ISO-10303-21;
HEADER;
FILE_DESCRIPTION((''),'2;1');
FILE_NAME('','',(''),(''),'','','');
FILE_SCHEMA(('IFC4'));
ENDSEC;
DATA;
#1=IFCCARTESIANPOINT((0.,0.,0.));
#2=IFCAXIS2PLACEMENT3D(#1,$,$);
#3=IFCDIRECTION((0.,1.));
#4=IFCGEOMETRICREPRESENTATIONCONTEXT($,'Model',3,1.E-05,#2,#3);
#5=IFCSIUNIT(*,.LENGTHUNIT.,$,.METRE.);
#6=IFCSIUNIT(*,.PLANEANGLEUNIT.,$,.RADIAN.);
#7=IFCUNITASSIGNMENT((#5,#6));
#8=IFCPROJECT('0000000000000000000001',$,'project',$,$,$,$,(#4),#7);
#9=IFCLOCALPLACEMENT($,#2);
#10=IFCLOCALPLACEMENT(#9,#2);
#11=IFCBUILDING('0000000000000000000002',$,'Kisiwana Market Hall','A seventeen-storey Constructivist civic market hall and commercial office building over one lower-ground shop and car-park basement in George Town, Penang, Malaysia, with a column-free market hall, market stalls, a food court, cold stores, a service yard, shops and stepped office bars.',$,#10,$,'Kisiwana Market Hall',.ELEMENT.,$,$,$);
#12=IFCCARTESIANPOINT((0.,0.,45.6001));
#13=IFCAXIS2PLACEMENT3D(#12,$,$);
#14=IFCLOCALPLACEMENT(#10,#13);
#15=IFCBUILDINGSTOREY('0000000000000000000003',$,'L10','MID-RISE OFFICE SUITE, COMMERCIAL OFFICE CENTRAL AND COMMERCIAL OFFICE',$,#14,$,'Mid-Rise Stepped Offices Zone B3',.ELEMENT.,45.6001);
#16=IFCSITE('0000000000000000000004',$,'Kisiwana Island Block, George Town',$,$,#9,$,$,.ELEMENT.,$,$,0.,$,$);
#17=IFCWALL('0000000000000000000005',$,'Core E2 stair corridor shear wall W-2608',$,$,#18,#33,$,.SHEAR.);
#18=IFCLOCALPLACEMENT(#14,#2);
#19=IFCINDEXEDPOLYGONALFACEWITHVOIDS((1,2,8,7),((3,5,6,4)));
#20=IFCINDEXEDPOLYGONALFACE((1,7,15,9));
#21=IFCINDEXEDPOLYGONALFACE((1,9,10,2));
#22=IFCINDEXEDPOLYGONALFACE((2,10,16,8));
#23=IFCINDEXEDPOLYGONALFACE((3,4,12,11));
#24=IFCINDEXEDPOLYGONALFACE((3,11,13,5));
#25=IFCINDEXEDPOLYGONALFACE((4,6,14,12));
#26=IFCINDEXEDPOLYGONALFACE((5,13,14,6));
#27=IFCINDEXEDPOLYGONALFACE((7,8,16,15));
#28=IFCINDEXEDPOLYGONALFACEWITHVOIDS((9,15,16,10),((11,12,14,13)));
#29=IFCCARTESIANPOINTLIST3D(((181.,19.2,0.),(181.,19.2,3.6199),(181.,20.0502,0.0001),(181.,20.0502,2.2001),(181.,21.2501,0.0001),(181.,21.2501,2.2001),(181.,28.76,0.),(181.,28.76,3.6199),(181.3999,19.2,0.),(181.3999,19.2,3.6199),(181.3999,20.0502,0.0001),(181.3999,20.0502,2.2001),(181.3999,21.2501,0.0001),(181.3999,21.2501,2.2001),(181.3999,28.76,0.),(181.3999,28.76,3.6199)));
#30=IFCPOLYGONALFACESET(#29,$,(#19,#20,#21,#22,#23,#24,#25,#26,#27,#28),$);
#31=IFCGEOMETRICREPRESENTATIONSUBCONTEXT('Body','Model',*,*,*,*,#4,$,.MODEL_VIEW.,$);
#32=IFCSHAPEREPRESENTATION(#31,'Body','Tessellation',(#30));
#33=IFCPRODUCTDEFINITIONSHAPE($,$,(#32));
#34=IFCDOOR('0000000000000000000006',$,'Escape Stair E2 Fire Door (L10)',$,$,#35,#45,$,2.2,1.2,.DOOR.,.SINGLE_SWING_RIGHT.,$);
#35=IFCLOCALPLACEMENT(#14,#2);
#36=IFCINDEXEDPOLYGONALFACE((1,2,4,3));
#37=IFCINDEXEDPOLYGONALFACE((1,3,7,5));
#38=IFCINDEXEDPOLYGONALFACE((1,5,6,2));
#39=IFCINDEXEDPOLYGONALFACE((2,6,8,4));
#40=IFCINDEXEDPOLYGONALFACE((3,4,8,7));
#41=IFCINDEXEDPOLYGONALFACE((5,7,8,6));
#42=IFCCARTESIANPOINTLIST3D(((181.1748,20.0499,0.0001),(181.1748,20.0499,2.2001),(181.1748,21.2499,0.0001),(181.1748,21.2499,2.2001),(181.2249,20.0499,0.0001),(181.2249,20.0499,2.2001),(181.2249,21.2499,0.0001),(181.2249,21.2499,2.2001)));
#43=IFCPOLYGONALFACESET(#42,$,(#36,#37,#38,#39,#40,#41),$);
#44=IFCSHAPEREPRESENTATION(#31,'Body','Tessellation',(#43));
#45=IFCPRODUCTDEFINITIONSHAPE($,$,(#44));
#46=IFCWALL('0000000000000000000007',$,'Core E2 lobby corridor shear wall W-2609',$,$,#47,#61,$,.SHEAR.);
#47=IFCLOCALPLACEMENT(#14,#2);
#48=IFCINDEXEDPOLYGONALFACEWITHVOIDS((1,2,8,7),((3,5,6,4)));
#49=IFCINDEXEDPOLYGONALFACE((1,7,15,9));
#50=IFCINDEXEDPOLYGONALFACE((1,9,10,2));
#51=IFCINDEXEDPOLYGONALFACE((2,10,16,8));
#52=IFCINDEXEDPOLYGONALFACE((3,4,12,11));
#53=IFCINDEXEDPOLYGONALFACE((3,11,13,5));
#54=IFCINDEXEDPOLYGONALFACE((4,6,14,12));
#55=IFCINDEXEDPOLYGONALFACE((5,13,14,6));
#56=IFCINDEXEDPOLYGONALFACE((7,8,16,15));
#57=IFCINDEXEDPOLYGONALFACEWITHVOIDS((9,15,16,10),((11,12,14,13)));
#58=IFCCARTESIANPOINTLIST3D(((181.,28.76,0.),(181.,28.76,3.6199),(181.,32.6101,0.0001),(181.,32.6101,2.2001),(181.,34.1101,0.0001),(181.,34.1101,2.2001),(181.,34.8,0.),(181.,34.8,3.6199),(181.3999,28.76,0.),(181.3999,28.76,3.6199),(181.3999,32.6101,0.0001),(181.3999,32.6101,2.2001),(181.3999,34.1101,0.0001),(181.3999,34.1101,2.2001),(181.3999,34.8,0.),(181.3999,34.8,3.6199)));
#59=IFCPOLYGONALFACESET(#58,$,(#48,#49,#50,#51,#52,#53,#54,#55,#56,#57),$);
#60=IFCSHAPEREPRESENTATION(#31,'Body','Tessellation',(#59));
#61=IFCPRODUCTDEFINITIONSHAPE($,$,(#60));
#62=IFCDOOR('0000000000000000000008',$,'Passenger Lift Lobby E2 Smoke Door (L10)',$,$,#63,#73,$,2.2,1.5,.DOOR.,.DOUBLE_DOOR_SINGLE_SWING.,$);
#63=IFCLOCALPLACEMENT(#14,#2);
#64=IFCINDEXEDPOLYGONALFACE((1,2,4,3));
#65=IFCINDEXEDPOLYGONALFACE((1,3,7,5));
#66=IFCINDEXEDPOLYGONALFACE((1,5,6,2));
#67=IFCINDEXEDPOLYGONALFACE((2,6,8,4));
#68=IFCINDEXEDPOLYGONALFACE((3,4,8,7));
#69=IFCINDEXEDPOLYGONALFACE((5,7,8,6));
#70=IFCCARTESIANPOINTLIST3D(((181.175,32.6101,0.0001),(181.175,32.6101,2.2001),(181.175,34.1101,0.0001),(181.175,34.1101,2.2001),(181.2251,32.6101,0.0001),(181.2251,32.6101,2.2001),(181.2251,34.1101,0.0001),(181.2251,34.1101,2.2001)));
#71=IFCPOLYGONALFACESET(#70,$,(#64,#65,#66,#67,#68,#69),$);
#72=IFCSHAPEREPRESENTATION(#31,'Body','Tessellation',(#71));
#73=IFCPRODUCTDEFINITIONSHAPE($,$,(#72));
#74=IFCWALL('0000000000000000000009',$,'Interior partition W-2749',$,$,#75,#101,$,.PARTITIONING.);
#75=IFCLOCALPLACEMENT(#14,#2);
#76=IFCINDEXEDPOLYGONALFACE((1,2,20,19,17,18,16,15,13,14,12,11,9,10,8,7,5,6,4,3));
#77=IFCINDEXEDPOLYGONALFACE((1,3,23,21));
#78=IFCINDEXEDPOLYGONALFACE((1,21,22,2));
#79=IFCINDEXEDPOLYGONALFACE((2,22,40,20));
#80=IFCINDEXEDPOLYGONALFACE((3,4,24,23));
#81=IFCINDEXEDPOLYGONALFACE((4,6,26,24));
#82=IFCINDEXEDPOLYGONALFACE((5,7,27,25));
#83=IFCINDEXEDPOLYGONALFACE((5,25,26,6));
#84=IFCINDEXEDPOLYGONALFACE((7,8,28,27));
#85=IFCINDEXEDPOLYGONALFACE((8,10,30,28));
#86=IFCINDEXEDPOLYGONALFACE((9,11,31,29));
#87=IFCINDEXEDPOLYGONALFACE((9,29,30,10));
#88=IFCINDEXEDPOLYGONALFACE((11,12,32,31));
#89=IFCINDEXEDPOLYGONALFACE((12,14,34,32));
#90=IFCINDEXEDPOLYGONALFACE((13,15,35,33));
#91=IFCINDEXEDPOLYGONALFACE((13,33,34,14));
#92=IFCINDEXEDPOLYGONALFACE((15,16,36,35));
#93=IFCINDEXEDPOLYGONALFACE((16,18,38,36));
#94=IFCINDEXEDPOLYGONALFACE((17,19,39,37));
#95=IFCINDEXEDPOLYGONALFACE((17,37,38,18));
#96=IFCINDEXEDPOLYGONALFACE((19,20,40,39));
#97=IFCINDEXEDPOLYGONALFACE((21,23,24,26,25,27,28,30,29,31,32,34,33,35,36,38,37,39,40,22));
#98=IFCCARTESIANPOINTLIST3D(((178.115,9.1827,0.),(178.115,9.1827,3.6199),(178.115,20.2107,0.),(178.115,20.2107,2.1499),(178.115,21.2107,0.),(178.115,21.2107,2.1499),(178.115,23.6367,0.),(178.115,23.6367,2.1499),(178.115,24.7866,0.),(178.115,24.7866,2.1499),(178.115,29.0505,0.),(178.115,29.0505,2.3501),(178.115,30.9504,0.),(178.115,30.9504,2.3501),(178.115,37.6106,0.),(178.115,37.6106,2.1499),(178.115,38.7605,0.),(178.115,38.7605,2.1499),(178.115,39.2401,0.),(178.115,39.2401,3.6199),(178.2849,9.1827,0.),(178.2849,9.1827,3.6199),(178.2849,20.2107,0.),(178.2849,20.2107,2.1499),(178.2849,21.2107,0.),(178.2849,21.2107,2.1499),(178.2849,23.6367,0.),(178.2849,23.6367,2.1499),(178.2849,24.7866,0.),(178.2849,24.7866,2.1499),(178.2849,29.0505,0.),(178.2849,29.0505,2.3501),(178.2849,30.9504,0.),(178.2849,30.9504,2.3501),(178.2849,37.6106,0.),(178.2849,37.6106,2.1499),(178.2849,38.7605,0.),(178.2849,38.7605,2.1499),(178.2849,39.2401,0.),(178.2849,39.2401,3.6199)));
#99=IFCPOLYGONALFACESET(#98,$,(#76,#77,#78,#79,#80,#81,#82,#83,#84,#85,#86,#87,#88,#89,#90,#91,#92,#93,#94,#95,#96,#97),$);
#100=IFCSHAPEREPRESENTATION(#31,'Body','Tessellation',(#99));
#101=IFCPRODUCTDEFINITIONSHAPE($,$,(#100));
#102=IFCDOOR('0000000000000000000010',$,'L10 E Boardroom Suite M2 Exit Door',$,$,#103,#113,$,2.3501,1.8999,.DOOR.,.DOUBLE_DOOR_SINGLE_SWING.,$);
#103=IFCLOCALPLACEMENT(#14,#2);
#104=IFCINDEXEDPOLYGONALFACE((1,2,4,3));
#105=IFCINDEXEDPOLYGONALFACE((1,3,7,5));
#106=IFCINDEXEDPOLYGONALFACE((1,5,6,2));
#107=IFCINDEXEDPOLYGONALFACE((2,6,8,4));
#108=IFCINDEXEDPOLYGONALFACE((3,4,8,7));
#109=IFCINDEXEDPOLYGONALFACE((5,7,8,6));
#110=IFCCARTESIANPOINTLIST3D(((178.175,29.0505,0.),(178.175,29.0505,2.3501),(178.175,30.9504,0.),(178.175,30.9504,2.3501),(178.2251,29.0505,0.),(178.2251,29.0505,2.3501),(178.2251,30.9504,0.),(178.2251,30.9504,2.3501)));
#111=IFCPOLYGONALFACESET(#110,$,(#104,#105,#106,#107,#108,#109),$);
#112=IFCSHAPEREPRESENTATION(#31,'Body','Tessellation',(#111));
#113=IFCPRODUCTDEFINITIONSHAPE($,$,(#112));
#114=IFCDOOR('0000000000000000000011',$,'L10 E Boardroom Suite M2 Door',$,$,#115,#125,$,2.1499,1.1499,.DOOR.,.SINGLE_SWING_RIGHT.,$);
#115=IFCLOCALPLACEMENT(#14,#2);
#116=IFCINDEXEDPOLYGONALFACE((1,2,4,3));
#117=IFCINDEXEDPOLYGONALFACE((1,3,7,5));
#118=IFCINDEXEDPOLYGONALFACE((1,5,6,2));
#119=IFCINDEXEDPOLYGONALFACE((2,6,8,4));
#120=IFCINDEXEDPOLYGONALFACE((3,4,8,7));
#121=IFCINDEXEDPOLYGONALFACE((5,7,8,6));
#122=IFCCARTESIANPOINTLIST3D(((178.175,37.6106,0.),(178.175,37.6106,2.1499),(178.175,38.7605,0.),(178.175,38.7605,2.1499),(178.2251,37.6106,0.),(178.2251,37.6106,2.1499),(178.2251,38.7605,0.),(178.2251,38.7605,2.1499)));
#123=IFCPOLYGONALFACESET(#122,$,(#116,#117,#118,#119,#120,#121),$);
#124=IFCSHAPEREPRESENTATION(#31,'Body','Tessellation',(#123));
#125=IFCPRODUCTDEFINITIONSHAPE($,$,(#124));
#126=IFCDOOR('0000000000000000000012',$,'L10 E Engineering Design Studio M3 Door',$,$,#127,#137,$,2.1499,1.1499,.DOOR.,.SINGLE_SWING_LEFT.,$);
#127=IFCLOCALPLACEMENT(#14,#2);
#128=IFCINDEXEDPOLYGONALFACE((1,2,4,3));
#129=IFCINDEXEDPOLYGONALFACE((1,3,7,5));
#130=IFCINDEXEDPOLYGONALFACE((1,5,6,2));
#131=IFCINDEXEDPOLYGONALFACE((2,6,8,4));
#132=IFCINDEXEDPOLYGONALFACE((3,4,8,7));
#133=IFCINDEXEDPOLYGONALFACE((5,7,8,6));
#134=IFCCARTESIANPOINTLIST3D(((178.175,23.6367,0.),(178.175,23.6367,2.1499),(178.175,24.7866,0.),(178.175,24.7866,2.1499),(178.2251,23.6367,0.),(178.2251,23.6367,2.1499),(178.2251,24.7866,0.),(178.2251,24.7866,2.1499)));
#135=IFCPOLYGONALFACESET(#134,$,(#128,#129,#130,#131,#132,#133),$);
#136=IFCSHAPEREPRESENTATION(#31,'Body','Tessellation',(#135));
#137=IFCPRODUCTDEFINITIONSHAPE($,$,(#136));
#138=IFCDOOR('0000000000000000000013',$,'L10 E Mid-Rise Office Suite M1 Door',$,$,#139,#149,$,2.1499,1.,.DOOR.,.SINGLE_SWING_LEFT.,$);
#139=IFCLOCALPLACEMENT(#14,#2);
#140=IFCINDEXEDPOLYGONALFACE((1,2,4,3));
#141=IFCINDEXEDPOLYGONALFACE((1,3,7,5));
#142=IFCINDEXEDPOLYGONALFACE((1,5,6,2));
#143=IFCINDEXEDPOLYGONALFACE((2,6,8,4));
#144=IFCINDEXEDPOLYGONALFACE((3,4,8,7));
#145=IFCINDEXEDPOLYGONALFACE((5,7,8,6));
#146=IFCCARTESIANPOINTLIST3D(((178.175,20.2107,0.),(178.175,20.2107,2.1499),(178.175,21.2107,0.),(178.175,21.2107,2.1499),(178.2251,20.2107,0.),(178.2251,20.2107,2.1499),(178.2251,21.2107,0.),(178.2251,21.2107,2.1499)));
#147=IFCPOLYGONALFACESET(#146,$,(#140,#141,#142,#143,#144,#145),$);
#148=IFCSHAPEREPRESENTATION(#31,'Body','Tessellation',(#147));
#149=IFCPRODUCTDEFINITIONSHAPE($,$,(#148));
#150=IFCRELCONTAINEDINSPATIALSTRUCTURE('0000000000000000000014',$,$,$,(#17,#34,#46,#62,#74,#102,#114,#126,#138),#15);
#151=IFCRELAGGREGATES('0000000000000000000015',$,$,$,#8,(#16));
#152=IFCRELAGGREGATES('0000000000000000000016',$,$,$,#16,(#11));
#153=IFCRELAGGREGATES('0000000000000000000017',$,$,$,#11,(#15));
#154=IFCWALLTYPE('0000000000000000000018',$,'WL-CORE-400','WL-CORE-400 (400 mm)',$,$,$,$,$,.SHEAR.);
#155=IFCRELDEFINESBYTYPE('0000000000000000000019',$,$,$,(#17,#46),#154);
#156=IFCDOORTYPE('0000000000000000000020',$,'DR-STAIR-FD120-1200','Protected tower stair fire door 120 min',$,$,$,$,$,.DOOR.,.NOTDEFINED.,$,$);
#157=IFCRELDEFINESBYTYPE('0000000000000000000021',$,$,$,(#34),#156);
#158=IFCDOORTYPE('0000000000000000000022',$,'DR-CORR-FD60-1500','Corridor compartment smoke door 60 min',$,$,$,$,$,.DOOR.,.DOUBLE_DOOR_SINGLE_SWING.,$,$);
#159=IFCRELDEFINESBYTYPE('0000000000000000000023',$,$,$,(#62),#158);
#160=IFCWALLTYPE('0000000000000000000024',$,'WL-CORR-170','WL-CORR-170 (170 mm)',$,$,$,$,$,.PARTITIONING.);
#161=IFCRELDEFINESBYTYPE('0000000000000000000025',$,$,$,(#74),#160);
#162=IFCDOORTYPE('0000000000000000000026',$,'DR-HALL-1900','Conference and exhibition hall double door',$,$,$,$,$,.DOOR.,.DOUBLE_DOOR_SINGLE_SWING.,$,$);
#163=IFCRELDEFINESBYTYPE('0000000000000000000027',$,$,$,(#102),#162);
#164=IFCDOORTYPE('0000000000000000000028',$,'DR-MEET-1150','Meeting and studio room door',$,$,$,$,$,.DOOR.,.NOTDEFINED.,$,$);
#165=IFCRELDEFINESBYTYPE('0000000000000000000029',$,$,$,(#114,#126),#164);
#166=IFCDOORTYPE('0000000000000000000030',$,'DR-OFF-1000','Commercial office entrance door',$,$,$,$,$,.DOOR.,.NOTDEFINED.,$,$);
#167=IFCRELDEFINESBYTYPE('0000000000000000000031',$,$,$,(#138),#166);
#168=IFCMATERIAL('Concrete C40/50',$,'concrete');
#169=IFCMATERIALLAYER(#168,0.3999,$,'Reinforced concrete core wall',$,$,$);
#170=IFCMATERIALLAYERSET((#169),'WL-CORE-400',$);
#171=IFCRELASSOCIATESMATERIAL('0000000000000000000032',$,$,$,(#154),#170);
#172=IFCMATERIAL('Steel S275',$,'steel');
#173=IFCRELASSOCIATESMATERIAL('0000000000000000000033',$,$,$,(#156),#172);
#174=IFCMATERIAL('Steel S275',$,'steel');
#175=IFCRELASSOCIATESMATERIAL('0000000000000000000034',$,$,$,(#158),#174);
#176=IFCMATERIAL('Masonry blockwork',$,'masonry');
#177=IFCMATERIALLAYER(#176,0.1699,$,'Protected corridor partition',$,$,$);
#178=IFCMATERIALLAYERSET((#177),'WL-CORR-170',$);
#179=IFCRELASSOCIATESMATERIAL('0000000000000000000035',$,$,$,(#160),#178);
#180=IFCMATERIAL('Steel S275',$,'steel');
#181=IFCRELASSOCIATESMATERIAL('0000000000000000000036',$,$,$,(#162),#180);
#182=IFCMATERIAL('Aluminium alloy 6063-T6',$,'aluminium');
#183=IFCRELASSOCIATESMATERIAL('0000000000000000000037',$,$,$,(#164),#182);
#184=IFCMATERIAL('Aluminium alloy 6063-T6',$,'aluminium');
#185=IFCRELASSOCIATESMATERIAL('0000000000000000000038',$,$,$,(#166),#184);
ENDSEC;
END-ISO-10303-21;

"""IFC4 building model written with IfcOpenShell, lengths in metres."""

from ifc_helpers import new_model, si_unit, direction, frame, frame_2d, origin, place, context, subcontext, project, spatial, rectangle, extrude, material, layer, layer_set, type_object, element, fill, save


model = new_model("IFC4")

# Units and contexts
model_context = context("Model", 3, precision=1e-05, world=origin(), true_north=direction((0.0, 1.0)))
body_context = subcontext(model_context, "Body", "Model", "MODEL_VIEW")
ifc_project = project(units=[si_unit("LENGTHUNIT", "METRE"), si_unit("PLANEANGLEUNIT", "RADIAN")], contexts=[model_context])

# Site, building, storey
site_placement = place(None, origin())
site = spatial("IfcSite", under=ifc_project, at=site_placement, Name="Kisiwana Island Block, George Town", CompositionType="ELEMENT", RefElevation=0.0)
building_placement = place(site_placement, origin())
building = spatial("IfcBuilding", under=site, at=building_placement, Name="Kisiwana Market Hall", Description="A seventeen-storey Constructivist civic market hall and commercial office building over one lower-ground shop and car-park basement in George Town, Penang, Malaysia, with a column-free market hall, market stalls, a food court, cold stores, a service yard, shops and stepped office bars.", LongName="Kisiwana Market Hall", CompositionType="ELEMENT")
storey_placement = place(building_placement, frame((0.0, 0.0, 45.6001)))
storey = spatial("IfcBuildingStorey", under=building, at=storey_placement, Name="L10", Description="MID-RISE OFFICE SUITE, COMMERCIAL OFFICE CENTRAL AND COMMERCIAL OFFICE", LongName="Mid-Rise Stepped Offices Zone B3", CompositionType="ELEMENT", Elevation=45.6001)

# Shared definitions
ifc_material_1 = material(Name="Concrete C40/50", Category="concrete")
ifc_layer_1 = layer(ifc_material_1, 0.3999, Name="Reinforced concrete core wall")
ifc_layer_set_1 = layer_set([ifc_layer_1], Name="WL-CORE-400")
wall_type_1 = type_object("IfcWallType", Name="WL-CORE-400", Description="WL-CORE-400 (400 mm)", PredefinedType="SHEAR", material=ifc_layer_set_1)

# Walls, openings, doors
wall_1_placement = place(storey_placement, frame((181.2, 19.2, 0.0), z_axis=(0.0, 0.0, 1.0), x_axis=(0.0, 1.0, 0.0)))
wall_1 = element("IfcWall", 1, at=wall_1_placement, inside=storey, type_object=wall_type_1, Name="Core E2 stair corridor shear wall W-2608", PredefinedType="SHEAR", context=body_context, shape_type="SweptSolid", body=[
    extrude(rectangle(XDim=9.5601, YDim=0.3999, at=frame_2d((4.78, 0.0))), origin(), (0.0, 0.0, 1.0), 3.6199),
])
opening_1_placement = place(wall_1_placement, frame((0.8501, 0.0, 0.0)))
opening_1 = element("IfcOpeningElement", 2, at=opening_1_placement, cuts=wall_1, PredefinedType="OPENING", context=body_context, shape_type="SweptSolid", body=[
    extrude(rectangle(XDim=1.2, YDim=2.2, at=frame_2d((0.6001, 1.1001))), frame((0.0, 0.2119, 0.0), z_axis=(0.0, -1.0, 0.0), x_axis=(1.0, 0.0, 0.0)), (0.0, 0.0, 1.0), 0.4238),
])
ifc_material_2 = material(Name="Steel S275", Category="steel")
door_type_1 = type_object("IfcDoorType", Name="DR-STAIR-FD120-1200", Description="Protected tower stair fire door 120 min", OperationType="NOTDEFINED", PredefinedType="DOOR", material=ifc_material_2)
door_1_placement = place(opening_1_placement, frame((1.2, 0.0, 0.0), z_axis=(0.0, 0.0, 1.0), x_axis=(-1.0, 0.0, 0.0)))
door_1 = element("IfcDoor", 3, at=door_1_placement, inside=storey, type_object=door_type_1, Name="Escape Stair E2 Fire Door (L10)", OperationType="SINGLE_SWING_RIGHT", OverallHeight=2.2, OverallWidth=1.2, PredefinedType="DOOR", context=body_context, shape_type="SweptSolid", body=[
    extrude(rectangle(XDim=1.2, YDim=2.2, at=frame_2d((0.6001, 1.1001))), frame((0.0, 0.0249, 0.0), z_axis=(0.0, -1.0, 0.0), x_axis=(1.0, 0.0, 0.0)), (0.0, 0.0, 1.0), 0.05),
])
fill(opening_1, door_1)
wall_2_placement = place(storey_placement, frame((181.2, 28.76, 0.0), z_axis=(0.0, 0.0, 1.0), x_axis=(0.0, 1.0, 0.0)))
wall_2 = element("IfcWall", 4, at=wall_2_placement, inside=storey, type_object=wall_type_1, Name="Core E2 lobby corridor shear wall W-2609", PredefinedType="SHEAR", context=body_context, shape_type="SweptSolid", body=[
    extrude(rectangle(XDim=6.04, YDim=0.3999, at=frame_2d((3.02, 0.0))), origin(), (0.0, 0.0, 1.0), 3.6199),
])
opening_2_placement = place(wall_2_placement, frame((3.8501, 0.0, 0.0)))
opening_2 = element("IfcOpeningElement", 5, at=opening_2_placement, cuts=wall_2, PredefinedType="OPENING", context=body_context, shape_type="SweptSolid", body=[
    extrude(rectangle(XDim=1.5, YDim=2.2, at=frame_2d((0.75, 1.1001))), frame((0.0, 0.2119, 0.0), z_axis=(0.0, -1.0, 0.0), x_axis=(1.0, 0.0, 0.0)), (0.0, 0.0, 1.0), 0.4238),
])
ifc_material_3 = material(Name="Steel S275", Category="steel")
door_type_2 = type_object("IfcDoorType", Name="DR-CORR-FD60-1500", Description="Corridor compartment smoke door 60 min", OperationType="DOUBLE_DOOR_SINGLE_SWING", PredefinedType="DOOR", material=ifc_material_3)
door_2_placement = place(opening_2_placement, origin())
door_2 = element("IfcDoor", 6, at=door_2_placement, inside=storey, type_object=door_type_2, Name="Passenger Lift Lobby E2 Smoke Door (L10)", OperationType="DOUBLE_DOOR_SINGLE_SWING", OverallHeight=2.2, OverallWidth=1.5, PredefinedType="DOOR", context=body_context, shape_type="SweptSolid", body=[
    extrude(rectangle(XDim=1.5, YDim=2.2, at=frame_2d((0.75, 1.1001))), frame((0.0, 0.0249, 0.0), z_axis=(0.0, -1.0, 0.0), x_axis=(1.0, 0.0, 0.0)), (0.0, 0.0, 1.0), 0.05),
])
fill(opening_2, door_2)

# Wall, openings, doors
ifc_material_4 = material(Name="Masonry blockwork", Category="masonry")
ifc_layer_2 = layer(ifc_material_4, 0.1699, Name="Protected corridor partition")
ifc_layer_set_2 = layer_set([ifc_layer_2], Name="WL-CORR-170")
wall_type_2 = type_object("IfcWallType", Name="WL-CORR-170", Description="WL-CORR-170 (170 mm)", PredefinedType="PARTITIONING", material=ifc_layer_set_2)
wall_3_placement = place(storey_placement, frame((178.2, 9.1826, 0.0), z_axis=(0.0, 0.0, 1.0), x_axis=(0.0, 1.0, 0.0)))
wall_3 = element("IfcWall", 7, at=wall_3_placement, inside=storey, type_object=wall_type_2, Name="Interior partition W-2749", PredefinedType="PARTITIONING", context=body_context, shape_type="SweptSolid", body=[
    extrude(rectangle(XDim=30.0574, YDim=0.1699, at=frame_2d((15.0288, 0.0))), origin(), (0.0, 0.0, 1.0), 3.6199),
])
opening_3_placement = place(wall_3_placement, frame((11.0281, 0.0, 0.0)))
opening_3 = element("IfcOpeningElement", 8, at=opening_3_placement, cuts=wall_3, PredefinedType="OPENING", context=body_context, shape_type="SweptSolid", body=[
    extrude(rectangle(XDim=1.0, YDim=2.1499, at=frame_2d((0.5, 1.075))), frame((0.0, 0.0969, 0.0), z_axis=(0.0, -1.0, 0.0), x_axis=(1.0, 0.0, 0.0)), (0.0, 0.0, 1.0), 0.1938),
])
opening_4_placement = place(wall_3_placement, frame((28.428, 0.0, 0.0)))
opening_4 = element("IfcOpeningElement", 9, at=opening_4_placement, cuts=wall_3, PredefinedType="OPENING", context=body_context, shape_type="SweptSolid", body=[
    extrude(rectangle(XDim=1.1499, YDim=2.1499, at=frame_2d((0.575, 1.075))), frame((0.0, 0.0969, 0.0), z_axis=(0.0, -1.0, 0.0), x_axis=(1.0, 0.0, 0.0)), (0.0, 0.0, 1.0), 0.1938),
])
opening_5_placement = place(wall_3_placement, frame((14.4541, 0.0, 0.0)))
opening_5 = element("IfcOpeningElement", 10, at=opening_5_placement, cuts=wall_3, PredefinedType="OPENING", context=body_context, shape_type="SweptSolid", body=[
    extrude(rectangle(XDim=1.1499, YDim=2.1499, at=frame_2d((0.575, 1.075))), frame((0.0, 0.0969, 0.0), z_axis=(0.0, -1.0, 0.0), x_axis=(1.0, 0.0, 0.0)), (0.0, 0.0, 1.0), 0.1938),
])
opening_6_placement = place(wall_3_placement, frame((19.8679, 0.0, 0.0)))
opening_6 = element("IfcOpeningElement", 11, at=opening_6_placement, cuts=wall_3, PredefinedType="OPENING", context=body_context, shape_type="SweptSolid", body=[
    extrude(rectangle(XDim=1.8999, YDim=2.3501, at=frame_2d((0.95, 1.175))), frame((0.0, 0.0969, 0.0), z_axis=(0.0, -1.0, 0.0), x_axis=(1.0, 0.0, 0.0)), (0.0, 0.0, 1.0), 0.1938),
])
ifc_material_5 = material(Name="Steel S275", Category="steel")
door_type_3 = type_object("IfcDoorType", Name="DR-HALL-1900", Description="Conference and exhibition hall double door", OperationType="DOUBLE_DOOR_SINGLE_SWING", PredefinedType="DOOR", material=ifc_material_5)
door_3_placement = place(opening_6_placement, origin())
door_3 = element("IfcDoor", 12, at=door_3_placement, inside=storey, type_object=door_type_3, Name="L10 E Boardroom Suite M2 Exit Door", OperationType="DOUBLE_DOOR_SINGLE_SWING", OverallHeight=2.3501, OverallWidth=1.8999, PredefinedType="DOOR", context=body_context, shape_type="SweptSolid", body=[
    extrude(rectangle(XDim=1.8999, YDim=2.3501, at=frame_2d((0.95, 1.175))), frame((0.0, 0.0249, 0.0), z_axis=(0.0, -1.0, 0.0), x_axis=(1.0, 0.0, 0.0)), (0.0, 0.0, 1.0), 0.05),
])
fill(opening_6, door_3)
ifc_material_6 = material(Name="Aluminium alloy 6063-T6", Category="aluminium")
door_type_4 = type_object("IfcDoorType", Name="DR-MEET-1150", Description="Meeting and studio room door", OperationType="NOTDEFINED", PredefinedType="DOOR", material=ifc_material_6)
door_4_placement = place(opening_4_placement, origin())
door_4 = element("IfcDoor", 13, at=door_4_placement, inside=storey, type_object=door_type_4, Name="L10 E Boardroom Suite M2 Door", OperationType="SINGLE_SWING_RIGHT", OverallHeight=2.1499, OverallWidth=1.1499, PredefinedType="DOOR", context=body_context, shape_type="SweptSolid", body=[
    extrude(rectangle(XDim=1.1499, YDim=2.1499, at=frame_2d((0.575, 1.075))), frame((0.0, 0.0249, 0.0), z_axis=(0.0, -1.0, 0.0), x_axis=(1.0, 0.0, 0.0)), (0.0, 0.0, 1.0), 0.05),
])
fill(opening_4, door_4)
door_5_placement = place(opening_5_placement, origin())
door_5 = element("IfcDoor", 14, at=door_5_placement, inside=storey, type_object=door_type_4, Name="L10 E Engineering Design Studio M3 Door", OperationType="SINGLE_SWING_LEFT", OverallHeight=2.1499, OverallWidth=1.1499, PredefinedType="DOOR", context=body_context, shape_type="SweptSolid", body=[
    extrude(rectangle(XDim=1.1499, YDim=2.1499, at=frame_2d((0.575, 1.075))), frame((0.0, 0.0249, 0.0), z_axis=(0.0, -1.0, 0.0), x_axis=(1.0, 0.0, 0.0)), (0.0, 0.0, 1.0), 0.05),
])
fill(opening_5, door_5)
ifc_material_7 = material(Name="Aluminium alloy 6063-T6", Category="aluminium")
door_type_5 = type_object("IfcDoorType", Name="DR-OFF-1000", Description="Commercial office entrance door", OperationType="NOTDEFINED", PredefinedType="DOOR", material=ifc_material_7)
door_6_placement = place(opening_3_placement, origin())
door_6 = element("IfcDoor", 15, at=door_6_placement, inside=storey, type_object=door_type_5, Name="L10 E Mid-Rise Office Suite M1 Door", OperationType="SINGLE_SWING_LEFT", OverallHeight=2.1499, OverallWidth=1.0, PredefinedType="DOOR", context=body_context, shape_type="SweptSolid", body=[
    extrude(rectangle(XDim=1.0, YDim=2.1499, at=frame_2d((0.5, 1.075))), frame((0.0, 0.0249, 0.0), z_axis=(0.0, -1.0, 0.0), x_axis=(1.0, 0.0, 0.0)), (0.0, 0.0, 1.0), 0.05),
])
fill(opening_3, door_6)

save(model, "model.ifc")
